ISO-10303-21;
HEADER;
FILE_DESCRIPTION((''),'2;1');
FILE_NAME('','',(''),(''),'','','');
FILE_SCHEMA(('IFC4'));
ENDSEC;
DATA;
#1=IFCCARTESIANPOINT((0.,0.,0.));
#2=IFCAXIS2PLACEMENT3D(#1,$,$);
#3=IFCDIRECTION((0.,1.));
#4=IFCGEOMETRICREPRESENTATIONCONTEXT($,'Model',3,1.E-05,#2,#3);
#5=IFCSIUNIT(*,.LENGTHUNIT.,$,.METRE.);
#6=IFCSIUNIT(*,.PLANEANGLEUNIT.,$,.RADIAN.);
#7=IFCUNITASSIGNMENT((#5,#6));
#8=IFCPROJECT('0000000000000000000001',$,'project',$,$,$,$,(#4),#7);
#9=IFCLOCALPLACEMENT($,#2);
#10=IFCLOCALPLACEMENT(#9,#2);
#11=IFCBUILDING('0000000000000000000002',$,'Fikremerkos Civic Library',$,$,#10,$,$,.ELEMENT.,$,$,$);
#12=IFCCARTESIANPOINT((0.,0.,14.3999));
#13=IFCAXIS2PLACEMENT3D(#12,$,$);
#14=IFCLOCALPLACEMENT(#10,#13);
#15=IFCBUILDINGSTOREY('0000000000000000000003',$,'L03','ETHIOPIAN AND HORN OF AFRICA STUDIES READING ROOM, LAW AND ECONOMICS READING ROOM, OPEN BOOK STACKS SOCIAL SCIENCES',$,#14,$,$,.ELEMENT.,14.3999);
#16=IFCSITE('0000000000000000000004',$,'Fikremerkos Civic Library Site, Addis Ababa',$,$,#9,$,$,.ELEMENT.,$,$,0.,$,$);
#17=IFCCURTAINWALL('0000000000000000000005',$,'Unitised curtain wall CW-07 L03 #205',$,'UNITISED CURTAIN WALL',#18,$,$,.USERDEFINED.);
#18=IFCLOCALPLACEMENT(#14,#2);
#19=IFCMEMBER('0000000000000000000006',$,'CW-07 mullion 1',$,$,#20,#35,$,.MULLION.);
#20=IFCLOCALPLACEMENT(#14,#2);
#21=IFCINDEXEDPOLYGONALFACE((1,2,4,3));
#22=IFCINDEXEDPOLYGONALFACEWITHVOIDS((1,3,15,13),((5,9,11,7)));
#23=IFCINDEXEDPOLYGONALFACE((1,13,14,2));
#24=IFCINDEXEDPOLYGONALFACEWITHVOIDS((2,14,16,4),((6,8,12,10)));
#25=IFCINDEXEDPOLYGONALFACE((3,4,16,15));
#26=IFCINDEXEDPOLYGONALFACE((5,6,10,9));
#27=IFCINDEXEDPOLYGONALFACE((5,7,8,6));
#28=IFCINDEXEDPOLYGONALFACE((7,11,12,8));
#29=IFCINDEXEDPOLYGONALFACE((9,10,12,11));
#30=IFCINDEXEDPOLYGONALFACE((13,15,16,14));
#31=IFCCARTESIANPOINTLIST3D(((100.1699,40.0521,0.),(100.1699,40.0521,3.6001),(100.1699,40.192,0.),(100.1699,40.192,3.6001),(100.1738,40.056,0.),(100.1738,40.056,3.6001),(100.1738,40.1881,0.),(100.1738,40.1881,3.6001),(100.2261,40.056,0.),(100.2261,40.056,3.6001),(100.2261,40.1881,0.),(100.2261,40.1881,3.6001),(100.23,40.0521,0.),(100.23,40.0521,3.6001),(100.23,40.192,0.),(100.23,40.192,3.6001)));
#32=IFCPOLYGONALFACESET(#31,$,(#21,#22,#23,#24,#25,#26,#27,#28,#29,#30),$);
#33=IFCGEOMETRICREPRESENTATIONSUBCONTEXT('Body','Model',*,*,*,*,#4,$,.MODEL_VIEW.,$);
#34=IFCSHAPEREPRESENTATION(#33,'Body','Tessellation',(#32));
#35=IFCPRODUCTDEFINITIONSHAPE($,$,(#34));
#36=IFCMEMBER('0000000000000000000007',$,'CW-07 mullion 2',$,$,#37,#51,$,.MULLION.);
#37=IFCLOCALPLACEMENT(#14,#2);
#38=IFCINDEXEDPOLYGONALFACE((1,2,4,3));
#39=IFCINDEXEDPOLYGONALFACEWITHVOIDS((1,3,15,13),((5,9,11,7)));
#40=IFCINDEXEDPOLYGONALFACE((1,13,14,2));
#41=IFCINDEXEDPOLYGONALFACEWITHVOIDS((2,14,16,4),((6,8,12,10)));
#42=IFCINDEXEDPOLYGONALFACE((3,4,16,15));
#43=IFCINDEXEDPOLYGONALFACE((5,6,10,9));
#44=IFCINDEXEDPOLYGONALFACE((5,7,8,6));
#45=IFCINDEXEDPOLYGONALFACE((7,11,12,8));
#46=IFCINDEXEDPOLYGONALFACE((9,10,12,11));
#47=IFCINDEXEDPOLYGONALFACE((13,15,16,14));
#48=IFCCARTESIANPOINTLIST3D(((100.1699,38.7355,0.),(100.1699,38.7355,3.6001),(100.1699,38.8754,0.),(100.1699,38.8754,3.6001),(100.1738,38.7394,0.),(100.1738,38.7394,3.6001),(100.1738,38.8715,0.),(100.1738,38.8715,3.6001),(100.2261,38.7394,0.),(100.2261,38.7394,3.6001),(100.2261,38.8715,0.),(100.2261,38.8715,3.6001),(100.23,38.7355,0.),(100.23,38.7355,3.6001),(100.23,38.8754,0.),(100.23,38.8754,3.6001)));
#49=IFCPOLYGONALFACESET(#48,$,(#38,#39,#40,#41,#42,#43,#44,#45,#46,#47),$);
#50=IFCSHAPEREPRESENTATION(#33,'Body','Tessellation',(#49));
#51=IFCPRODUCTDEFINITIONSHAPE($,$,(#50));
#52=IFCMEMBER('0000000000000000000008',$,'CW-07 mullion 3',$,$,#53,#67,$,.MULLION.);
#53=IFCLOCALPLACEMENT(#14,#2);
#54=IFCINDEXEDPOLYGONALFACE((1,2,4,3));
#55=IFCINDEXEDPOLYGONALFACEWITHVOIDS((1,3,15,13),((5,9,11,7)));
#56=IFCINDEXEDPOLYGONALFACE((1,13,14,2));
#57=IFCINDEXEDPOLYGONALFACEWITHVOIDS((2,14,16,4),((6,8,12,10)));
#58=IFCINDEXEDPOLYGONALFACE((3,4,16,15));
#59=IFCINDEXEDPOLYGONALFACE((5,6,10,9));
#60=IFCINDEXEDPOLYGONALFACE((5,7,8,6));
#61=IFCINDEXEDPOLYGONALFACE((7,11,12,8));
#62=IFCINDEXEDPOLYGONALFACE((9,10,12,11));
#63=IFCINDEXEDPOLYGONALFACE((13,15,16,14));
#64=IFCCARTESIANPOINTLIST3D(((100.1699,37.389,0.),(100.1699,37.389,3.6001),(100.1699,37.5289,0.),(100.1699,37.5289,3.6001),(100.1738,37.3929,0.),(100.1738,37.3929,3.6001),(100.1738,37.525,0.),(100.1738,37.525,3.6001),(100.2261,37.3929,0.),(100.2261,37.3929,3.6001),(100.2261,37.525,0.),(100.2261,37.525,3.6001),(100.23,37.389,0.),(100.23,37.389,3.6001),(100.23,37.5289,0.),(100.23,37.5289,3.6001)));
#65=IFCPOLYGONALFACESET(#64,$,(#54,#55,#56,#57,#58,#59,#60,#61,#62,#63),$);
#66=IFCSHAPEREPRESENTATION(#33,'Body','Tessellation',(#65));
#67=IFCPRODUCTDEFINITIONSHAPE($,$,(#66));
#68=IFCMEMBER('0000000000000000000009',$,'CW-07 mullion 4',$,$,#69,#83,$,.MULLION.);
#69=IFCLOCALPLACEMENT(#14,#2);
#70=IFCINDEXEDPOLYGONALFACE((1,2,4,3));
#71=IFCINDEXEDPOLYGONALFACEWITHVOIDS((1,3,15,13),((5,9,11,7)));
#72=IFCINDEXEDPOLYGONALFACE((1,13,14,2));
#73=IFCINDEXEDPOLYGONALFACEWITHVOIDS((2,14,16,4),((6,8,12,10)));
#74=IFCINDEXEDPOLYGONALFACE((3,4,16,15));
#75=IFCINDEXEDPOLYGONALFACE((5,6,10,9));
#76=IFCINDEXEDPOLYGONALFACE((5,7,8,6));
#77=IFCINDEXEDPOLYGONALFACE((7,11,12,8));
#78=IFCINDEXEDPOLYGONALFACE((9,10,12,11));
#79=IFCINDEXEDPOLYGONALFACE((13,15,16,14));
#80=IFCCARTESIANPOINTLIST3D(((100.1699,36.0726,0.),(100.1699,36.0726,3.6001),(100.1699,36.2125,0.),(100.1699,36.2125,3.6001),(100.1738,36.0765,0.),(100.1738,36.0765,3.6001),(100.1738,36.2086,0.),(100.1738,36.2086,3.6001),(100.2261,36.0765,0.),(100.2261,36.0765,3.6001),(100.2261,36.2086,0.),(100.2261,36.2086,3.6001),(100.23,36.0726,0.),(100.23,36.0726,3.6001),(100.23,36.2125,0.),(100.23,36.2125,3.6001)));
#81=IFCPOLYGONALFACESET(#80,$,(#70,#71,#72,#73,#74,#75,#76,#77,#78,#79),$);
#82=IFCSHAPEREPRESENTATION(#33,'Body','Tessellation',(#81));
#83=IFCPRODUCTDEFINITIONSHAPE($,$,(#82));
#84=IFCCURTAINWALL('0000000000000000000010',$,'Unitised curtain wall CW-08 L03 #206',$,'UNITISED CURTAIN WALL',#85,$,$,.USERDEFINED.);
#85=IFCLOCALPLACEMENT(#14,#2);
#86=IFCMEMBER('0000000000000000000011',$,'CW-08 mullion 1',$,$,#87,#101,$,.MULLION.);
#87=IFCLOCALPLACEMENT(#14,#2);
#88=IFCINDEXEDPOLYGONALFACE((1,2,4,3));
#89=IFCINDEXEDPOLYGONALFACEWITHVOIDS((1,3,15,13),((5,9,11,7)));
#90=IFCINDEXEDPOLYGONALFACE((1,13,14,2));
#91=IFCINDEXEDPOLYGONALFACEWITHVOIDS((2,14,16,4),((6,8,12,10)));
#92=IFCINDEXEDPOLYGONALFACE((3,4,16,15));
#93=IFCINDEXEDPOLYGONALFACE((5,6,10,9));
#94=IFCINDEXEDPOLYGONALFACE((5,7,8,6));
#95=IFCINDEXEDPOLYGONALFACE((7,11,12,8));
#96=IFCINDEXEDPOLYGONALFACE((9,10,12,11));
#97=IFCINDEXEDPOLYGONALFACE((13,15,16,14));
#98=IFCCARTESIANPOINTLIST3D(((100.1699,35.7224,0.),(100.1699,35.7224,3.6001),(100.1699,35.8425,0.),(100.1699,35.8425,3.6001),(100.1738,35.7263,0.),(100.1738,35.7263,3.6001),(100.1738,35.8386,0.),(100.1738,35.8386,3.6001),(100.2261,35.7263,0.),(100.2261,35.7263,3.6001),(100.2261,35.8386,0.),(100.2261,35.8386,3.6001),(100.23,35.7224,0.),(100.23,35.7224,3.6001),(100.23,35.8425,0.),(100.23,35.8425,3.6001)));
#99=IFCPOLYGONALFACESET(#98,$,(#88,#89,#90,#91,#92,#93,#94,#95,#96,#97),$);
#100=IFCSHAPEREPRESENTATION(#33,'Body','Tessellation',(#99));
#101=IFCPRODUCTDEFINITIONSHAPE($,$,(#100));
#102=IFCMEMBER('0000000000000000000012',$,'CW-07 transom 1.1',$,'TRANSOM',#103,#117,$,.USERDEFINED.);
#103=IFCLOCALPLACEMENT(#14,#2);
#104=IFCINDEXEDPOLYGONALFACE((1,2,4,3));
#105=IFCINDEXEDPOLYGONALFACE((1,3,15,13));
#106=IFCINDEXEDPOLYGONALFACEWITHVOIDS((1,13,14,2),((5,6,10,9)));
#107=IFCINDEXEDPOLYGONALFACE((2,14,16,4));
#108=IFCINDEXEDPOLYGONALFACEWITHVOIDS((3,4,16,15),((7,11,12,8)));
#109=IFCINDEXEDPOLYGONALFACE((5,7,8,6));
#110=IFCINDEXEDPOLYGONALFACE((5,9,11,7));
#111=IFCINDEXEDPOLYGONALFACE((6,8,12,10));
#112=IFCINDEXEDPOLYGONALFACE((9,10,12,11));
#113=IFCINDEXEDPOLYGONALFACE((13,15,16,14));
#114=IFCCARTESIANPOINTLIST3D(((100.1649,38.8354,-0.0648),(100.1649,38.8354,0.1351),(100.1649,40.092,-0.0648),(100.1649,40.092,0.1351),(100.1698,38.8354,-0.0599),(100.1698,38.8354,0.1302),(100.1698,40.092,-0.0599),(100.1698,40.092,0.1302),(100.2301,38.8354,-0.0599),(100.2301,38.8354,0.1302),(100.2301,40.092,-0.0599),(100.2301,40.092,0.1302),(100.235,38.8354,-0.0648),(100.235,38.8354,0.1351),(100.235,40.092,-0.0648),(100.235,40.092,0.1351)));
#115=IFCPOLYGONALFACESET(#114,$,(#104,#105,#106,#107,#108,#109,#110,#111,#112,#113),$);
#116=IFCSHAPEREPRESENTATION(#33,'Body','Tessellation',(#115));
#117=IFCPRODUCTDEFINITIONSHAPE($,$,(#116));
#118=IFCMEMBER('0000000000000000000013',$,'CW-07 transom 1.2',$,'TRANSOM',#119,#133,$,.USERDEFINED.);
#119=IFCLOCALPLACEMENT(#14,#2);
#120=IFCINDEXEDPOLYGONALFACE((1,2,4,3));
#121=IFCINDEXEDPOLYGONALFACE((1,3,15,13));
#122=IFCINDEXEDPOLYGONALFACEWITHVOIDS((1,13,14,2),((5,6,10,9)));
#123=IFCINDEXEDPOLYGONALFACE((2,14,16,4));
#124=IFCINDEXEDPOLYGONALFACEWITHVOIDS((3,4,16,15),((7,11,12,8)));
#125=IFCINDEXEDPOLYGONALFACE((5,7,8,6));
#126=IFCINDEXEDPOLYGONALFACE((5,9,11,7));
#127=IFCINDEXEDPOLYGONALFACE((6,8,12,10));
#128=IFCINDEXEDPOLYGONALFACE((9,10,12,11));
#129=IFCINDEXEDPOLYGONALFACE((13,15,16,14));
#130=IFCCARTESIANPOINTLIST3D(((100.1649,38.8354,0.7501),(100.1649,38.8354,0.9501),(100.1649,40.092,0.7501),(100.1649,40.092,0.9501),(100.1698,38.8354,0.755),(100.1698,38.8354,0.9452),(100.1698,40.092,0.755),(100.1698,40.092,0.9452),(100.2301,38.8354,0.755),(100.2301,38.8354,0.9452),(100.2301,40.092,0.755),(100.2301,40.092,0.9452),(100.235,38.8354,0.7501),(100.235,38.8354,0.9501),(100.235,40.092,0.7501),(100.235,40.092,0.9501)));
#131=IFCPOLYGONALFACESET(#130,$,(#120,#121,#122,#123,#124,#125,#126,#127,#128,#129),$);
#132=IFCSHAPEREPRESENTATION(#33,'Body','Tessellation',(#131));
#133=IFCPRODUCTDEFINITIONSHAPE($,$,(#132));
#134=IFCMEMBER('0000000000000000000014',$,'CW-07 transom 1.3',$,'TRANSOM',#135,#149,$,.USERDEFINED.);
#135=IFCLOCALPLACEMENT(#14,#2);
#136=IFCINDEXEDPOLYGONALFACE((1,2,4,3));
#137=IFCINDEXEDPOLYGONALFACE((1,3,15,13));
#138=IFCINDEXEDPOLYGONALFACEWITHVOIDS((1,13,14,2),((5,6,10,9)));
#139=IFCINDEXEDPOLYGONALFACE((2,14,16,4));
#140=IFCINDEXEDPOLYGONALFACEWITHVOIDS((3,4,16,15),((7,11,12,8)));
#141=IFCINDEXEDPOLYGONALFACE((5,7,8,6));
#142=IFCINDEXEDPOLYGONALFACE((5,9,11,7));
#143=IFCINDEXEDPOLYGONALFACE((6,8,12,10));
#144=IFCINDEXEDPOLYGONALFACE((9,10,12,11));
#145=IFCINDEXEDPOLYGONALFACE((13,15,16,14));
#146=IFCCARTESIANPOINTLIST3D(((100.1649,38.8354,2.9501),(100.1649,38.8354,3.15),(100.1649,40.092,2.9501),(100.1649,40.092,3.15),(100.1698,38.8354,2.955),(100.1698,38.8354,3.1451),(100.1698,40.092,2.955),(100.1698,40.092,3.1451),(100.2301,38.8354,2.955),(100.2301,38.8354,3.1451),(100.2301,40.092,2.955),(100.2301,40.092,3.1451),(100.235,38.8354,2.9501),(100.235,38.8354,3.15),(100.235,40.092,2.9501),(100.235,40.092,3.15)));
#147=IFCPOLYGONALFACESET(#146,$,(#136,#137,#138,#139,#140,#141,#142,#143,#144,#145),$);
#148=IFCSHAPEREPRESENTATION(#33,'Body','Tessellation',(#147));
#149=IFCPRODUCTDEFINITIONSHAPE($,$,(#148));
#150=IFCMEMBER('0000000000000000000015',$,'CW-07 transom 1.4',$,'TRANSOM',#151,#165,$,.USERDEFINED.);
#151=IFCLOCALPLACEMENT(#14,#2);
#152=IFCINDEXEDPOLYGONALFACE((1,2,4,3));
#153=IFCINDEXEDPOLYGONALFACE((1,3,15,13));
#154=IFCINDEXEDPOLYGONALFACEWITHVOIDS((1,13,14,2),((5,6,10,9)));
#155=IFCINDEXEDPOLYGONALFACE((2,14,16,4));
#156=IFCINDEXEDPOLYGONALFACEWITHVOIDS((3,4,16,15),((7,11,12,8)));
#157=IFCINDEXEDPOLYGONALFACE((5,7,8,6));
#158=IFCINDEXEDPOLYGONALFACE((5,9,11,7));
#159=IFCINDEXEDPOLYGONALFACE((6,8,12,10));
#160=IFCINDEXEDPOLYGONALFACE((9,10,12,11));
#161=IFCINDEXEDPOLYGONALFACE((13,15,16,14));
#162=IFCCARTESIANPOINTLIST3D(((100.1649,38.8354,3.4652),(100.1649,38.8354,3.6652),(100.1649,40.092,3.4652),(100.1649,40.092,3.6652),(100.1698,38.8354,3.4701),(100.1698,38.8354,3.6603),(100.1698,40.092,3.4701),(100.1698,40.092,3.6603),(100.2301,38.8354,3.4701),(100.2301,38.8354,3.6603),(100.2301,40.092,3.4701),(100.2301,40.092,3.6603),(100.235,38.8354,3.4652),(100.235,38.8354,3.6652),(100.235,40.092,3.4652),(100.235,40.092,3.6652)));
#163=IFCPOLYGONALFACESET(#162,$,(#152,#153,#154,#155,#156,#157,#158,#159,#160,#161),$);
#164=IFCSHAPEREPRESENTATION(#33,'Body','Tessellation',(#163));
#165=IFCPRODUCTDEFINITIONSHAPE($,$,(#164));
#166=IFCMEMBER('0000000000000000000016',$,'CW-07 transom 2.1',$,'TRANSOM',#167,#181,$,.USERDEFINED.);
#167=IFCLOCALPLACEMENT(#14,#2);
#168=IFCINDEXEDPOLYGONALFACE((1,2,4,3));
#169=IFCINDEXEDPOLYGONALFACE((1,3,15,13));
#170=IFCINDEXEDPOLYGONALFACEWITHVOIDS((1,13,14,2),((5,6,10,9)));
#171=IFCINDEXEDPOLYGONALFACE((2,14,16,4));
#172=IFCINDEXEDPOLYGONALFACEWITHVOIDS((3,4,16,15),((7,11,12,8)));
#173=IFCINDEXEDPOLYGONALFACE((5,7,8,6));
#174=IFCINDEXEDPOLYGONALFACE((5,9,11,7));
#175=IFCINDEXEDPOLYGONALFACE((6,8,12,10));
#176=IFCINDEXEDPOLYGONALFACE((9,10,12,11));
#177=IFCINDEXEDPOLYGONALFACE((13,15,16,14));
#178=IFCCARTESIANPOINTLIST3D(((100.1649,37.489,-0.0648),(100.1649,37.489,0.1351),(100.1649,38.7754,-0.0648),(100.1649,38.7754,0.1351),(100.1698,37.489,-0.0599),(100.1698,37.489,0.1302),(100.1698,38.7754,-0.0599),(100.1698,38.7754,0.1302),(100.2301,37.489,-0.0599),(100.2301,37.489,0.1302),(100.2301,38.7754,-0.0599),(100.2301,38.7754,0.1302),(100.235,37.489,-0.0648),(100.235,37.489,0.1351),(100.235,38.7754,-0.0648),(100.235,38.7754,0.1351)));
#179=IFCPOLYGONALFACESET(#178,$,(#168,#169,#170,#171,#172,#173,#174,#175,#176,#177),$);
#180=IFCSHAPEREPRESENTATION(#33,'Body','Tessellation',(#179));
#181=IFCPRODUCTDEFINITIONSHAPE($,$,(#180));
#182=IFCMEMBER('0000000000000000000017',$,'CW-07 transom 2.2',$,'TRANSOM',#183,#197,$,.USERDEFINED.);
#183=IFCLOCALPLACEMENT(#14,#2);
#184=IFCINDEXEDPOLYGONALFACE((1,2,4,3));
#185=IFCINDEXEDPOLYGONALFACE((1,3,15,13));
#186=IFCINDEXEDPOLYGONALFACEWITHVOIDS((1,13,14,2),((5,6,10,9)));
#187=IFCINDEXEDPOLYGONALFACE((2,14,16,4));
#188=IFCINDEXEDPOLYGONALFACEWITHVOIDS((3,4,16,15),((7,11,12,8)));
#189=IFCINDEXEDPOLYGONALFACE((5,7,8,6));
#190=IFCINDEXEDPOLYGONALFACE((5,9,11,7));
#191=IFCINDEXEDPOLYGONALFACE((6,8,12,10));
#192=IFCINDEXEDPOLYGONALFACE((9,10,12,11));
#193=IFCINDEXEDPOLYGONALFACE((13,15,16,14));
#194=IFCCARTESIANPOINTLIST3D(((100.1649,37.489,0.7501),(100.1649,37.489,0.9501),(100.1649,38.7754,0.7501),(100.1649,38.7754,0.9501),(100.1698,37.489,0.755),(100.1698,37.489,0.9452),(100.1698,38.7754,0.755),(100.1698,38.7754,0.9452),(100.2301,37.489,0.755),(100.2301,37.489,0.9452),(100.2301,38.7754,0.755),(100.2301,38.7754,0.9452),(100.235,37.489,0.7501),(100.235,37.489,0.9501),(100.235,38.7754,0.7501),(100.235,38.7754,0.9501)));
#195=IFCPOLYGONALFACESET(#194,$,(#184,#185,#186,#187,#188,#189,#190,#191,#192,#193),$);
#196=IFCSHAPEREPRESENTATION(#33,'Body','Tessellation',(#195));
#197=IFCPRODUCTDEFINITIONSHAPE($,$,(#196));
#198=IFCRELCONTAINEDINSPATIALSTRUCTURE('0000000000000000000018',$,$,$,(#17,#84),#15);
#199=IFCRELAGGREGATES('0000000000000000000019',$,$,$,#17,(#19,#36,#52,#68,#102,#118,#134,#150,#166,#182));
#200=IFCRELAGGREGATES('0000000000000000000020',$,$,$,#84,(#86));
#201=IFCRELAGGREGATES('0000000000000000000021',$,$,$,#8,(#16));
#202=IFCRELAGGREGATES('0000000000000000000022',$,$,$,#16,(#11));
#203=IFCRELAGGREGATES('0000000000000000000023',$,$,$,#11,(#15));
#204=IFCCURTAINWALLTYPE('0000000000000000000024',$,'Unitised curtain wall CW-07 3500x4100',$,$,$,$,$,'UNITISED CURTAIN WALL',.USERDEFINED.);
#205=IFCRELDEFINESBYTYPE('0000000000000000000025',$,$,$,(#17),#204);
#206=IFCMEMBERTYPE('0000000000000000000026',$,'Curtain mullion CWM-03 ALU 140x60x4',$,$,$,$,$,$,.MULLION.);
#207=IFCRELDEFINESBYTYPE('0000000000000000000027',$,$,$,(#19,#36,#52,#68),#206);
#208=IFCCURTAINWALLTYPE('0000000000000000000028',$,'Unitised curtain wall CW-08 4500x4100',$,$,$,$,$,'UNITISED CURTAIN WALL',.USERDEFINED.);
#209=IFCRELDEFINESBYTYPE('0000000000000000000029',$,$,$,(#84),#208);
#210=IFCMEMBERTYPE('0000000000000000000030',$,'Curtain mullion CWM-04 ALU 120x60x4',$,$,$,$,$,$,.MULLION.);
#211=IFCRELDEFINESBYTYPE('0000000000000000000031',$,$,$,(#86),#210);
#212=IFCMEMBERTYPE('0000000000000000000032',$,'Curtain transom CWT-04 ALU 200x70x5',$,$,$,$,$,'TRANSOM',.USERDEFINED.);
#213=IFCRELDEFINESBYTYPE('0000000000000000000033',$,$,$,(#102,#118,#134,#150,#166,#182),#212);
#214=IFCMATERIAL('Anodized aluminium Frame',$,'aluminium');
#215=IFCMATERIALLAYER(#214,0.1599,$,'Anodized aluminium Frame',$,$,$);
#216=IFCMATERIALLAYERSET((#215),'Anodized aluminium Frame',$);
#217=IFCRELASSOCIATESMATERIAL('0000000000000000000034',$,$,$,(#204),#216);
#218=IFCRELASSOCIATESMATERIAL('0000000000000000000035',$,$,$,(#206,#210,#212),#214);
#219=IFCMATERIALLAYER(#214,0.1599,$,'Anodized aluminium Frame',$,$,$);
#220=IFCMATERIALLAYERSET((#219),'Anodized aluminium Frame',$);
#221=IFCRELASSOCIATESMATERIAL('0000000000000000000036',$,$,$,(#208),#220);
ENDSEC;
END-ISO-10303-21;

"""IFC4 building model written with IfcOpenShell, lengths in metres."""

from ifc_helpers import new_model, si_unit, direction, frame, origin, origin_2d, place, context, subcontext, project, spatial, hollow_rectangle, extrude, material, layer, layer_set, material_profile, profile_set, type_object, element, aggregate, save


model = new_model("IFC4")

# Units and contexts
model_context = context("Model", 3, precision=1e-05, world=origin(), true_north=direction((0.0, 1.0)))
body_context = subcontext(model_context, "Body", "Model", "MODEL_VIEW")
ifc_project = project(units=[si_unit("LENGTHUNIT", "METRE"), si_unit("PLANEANGLEUNIT", "RADIAN")], contexts=[model_context])

# Site, building, storey
site_placement = place(None, origin())
site = spatial("IfcSite", under=ifc_project, at=site_placement, Name="Fikremerkos Civic Library Site, Addis Ababa", CompositionType="ELEMENT", RefElevation=0.0)
building_placement = place(site_placement, origin())
building = spatial("IfcBuilding", under=site, at=building_placement, Name="Fikremerkos Civic Library", CompositionType="ELEMENT")
storey_placement = place(building_placement, frame((0.0, 0.0, 14.3999)))
storey = spatial("IfcBuildingStorey", under=building, at=storey_placement, Name="L03", Description="ETHIOPIAN AND HORN OF AFRICA STUDIES READING ROOM, LAW AND ECONOMICS READING ROOM, OPEN BOOK STACKS SOCIAL SCIENCES", CompositionType="ELEMENT", Elevation=14.3999)

# Curtain wall, members
ifc_material_1 = material(Name="Anodized aluminium Frame", Category="aluminium")
ifc_layer_1 = layer(ifc_material_1, 0.1599, Name="Anodized aluminium Frame")
ifc_layer_set_1 = layer_set([ifc_layer_1], Name="Anodized aluminium Frame")
curtain_wall_type_1 = type_object("IfcCurtainWallType", Name="Unitised curtain wall CW-07 3500x4100", ElementType="UNITISED CURTAIN WALL", PredefinedType="USERDEFINED", material=ifc_layer_set_1)
curtain_wall_1_placement = place(storey_placement, origin())
curtain_wall_1 = element("IfcCurtainWall", 1, at=curtain_wall_1_placement, inside=storey, type_object=curtain_wall_type_1, Name="Unitised curtain wall CW-07 L03 #205", ObjectType="UNITISED CURTAIN WALL", PredefinedType="USERDEFINED")
ifc_material_profile_1 = material_profile(ifc_material_1, hollow_rectangle(XDim=0.0601, YDim=0.1399, WallThickness=0.0039, at=origin_2d()), Name="ALU 140x60x4")
ifc_profile_set_1 = profile_set([ifc_material_profile_1], Name="Anodized aluminium Frame")
member_type_1 = type_object("IfcMemberType", Name="Curtain mullion CWM-03 ALU 140x60x4", PredefinedType="MULLION", material=ifc_profile_set_1)
member_1_placement = place(storey_placement, frame((100.2, 40.1221, 0.0), z_axis=(0.0, 0.0, 1.0), x_axis=(1.0, 0.0, 0.0)))
member_1 = element("IfcMember", 2, at=member_1_placement, type_object=member_type_1, Name="CW-07 mullion 1", PredefinedType="MULLION", context=body_context, shape_type="SweptSolid", body=[
    extrude(hollow_rectangle(XDim=0.0601, YDim=0.1399, WallThickness=0.0039, at=origin_2d()), origin(), (0.0, 0.0, 1.0), 3.6001),
])
member_2_placement = place(storey_placement, frame((100.2, 38.8054, 0.0), z_axis=(0.0, 0.0, 1.0), x_axis=(1.0, 0.0, 0.0)))
member_2 = element("IfcMember", 3, at=member_2_placement, type_object=member_type_1, Name="CW-07 mullion 2", PredefinedType="MULLION", context=body_context, shape_type="SweptSolid", body=[
    extrude(hollow_rectangle(XDim=0.0601, YDim=0.1399, WallThickness=0.0039, at=origin_2d()), origin(), (0.0, 0.0, 1.0), 3.6001),
])
member_3_placement = place(storey_placement, frame((100.2, 37.459, 0.0), z_axis=(0.0, 0.0, 1.0), x_axis=(1.0, 0.0, 0.0)))
member_3 = element("IfcMember", 4, at=member_3_placement, type_object=member_type_1, Name="CW-07 mullion 3", PredefinedType="MULLION", context=body_context, shape_type="SweptSolid", body=[
    extrude(hollow_rectangle(XDim=0.0601, YDim=0.1399, WallThickness=0.0039, at=origin_2d()), origin(), (0.0, 0.0, 1.0), 3.6001),
])
member_4_placement = place(storey_placement, frame((100.2, 36.1426, 0.0), z_axis=(0.0, 0.0, 1.0), x_axis=(1.0, 0.0, 0.0)))
member_4 = element("IfcMember", 5, at=member_4_placement, type_object=member_type_1, Name="CW-07 mullion 4", PredefinedType="MULLION", context=body_context, shape_type="SweptSolid", body=[
    extrude(hollow_rectangle(XDim=0.0601, YDim=0.1399, WallThickness=0.0039, at=origin_2d()), origin(), (0.0, 0.0, 1.0), 3.6001),
])

# Curtain wall, member
ifc_layer_2 = layer(ifc_material_1, 0.1599, Name="Anodized aluminium Frame")
ifc_layer_set_2 = layer_set([ifc_layer_2], Name="Anodized aluminium Frame")
curtain_wall_type_2 = type_object("IfcCurtainWallType", Name="Unitised curtain wall CW-08 4500x4100", ElementType="UNITISED CURTAIN WALL", PredefinedType="USERDEFINED", material=ifc_layer_set_2)
curtain_wall_2_placement = place(storey_placement, origin())
curtain_wall_2 = element("IfcCurtainWall", 6, at=curtain_wall_2_placement, inside=storey, type_object=curtain_wall_type_2, Name="Unitised curtain wall CW-08 L03 #206", ObjectType="UNITISED CURTAIN WALL", PredefinedType="USERDEFINED")
ifc_material_profile_2 = material_profile(ifc_material_1, hollow_rectangle(XDim=0.0601, YDim=0.1201, WallThickness=0.0039, at=origin_2d()), Name="ALU 120x60x4")
ifc_profile_set_2 = profile_set([ifc_material_profile_2], Name="Anodized aluminium Frame")
member_type_2 = type_object("IfcMemberType", Name="Curtain mullion CWM-04 ALU 120x60x4", PredefinedType="MULLION", material=ifc_profile_set_2)
member_5_placement = place(storey_placement, frame((100.2, 35.7825, 0.0), z_axis=(0.0, 0.0, 1.0), x_axis=(1.0, 0.0, 0.0)))
member_5 = element("IfcMember", 7, at=member_5_placement, type_object=member_type_2, Name="CW-08 mullion 1", PredefinedType="MULLION", context=body_context, shape_type="SweptSolid", body=[
    extrude(hollow_rectangle(XDim=0.0601, YDim=0.1201, WallThickness=0.0039, at=origin_2d()), origin(), (0.0, 0.0, 1.0), 3.6001),
])

# Members
ifc_material_profile_3 = material_profile(ifc_material_1, hollow_rectangle(XDim=0.0701, YDim=0.2, WallThickness=0.0049, at=origin_2d()), Name="ALU 200x70x5")
ifc_profile_set_3 = profile_set([ifc_material_profile_3], Name="Anodized aluminium Frame")
member_type_3 = type_object("IfcMemberType", Name="Curtain transom CWT-04 ALU 200x70x5", ElementType="TRANSOM", PredefinedType="USERDEFINED", material=ifc_profile_set_3)
member_6_placement = place(storey_placement, frame((100.2, 40.092, 0.0352), z_axis=(0.0, -1.0, 0.0), x_axis=(1.0, 0.0, 0.0)))
member_6 = element("IfcMember", 8, at=member_6_placement, type_object=member_type_3, Name="CW-07 transom 1.1", ObjectType="TRANSOM", PredefinedType="USERDEFINED", context=body_context, shape_type="SweptSolid", body=[
    extrude(hollow_rectangle(XDim=0.0701, YDim=0.2, WallThickness=0.0049, at=origin_2d()), origin(), (0.0, 0.0, 1.0), 1.2566),
])
member_7_placement = place(storey_placement, frame((100.2, 40.092, 0.8501), z_axis=(0.0, -1.0, 0.0), x_axis=(1.0, 0.0, 0.0)))
member_7 = element("IfcMember", 9, at=member_7_placement, type_object=member_type_3, Name="CW-07 transom 1.2", ObjectType="TRANSOM", PredefinedType="USERDEFINED", context=body_context, shape_type="SweptSolid", body=[
    extrude(hollow_rectangle(XDim=0.0701, YDim=0.2, WallThickness=0.0049, at=origin_2d()), origin(), (0.0, 0.0, 1.0), 1.2566),
])
member_8_placement = place(storey_placement, frame((100.2, 40.092, 3.05), z_axis=(0.0, -1.0, 0.0), x_axis=(1.0, 0.0, 0.0)))
member_8 = element("IfcMember", 10, at=member_8_placement, type_object=member_type_3, Name="CW-07 transom 1.3", ObjectType="TRANSOM", PredefinedType="USERDEFINED", context=body_context, shape_type="SweptSolid", body=[
    extrude(hollow_rectangle(XDim=0.0701, YDim=0.2, WallThickness=0.0049, at=origin_2d()), origin(), (0.0, 0.0, 1.0), 1.2566),
])
member_9_placement = place(storey_placement, frame((100.2, 40.092, 3.5652), z_axis=(0.0, -1.0, 0.0), x_axis=(1.0, 0.0, 0.0)))
member_9 = element("IfcMember", 11, at=member_9_placement, type_object=member_type_3, Name="CW-07 transom 1.4", ObjectType="TRANSOM", PredefinedType="USERDEFINED", context=body_context, shape_type="SweptSolid", body=[
    extrude(hollow_rectangle(XDim=0.0701, YDim=0.2, WallThickness=0.0049, at=origin_2d()), origin(), (0.0, 0.0, 1.0), 1.2566),
])
member_10_placement = place(storey_placement, frame((100.2, 38.7754, 0.0352), z_axis=(0.0, -1.0, 0.0), x_axis=(1.0, 0.0, 0.0)))
member_10 = element("IfcMember", 12, at=member_10_placement, type_object=member_type_3, Name="CW-07 transom 2.1", ObjectType="TRANSOM", PredefinedType="USERDEFINED", context=body_context, shape_type="SweptSolid", body=[
    extrude(hollow_rectangle(XDim=0.0701, YDim=0.2, WallThickness=0.0049, at=origin_2d()), origin(), (0.0, 0.0, 1.0), 1.2864),
])
member_11_placement = place(storey_placement, frame((100.2, 38.7754, 0.8501), z_axis=(0.0, -1.0, 0.0), x_axis=(1.0, 0.0, 0.0)))
member_11 = element("IfcMember", 13, at=member_11_placement, type_object=member_type_3, Name="CW-07 transom 2.2", ObjectType="TRANSOM", PredefinedType="USERDEFINED", context=body_context, shape_type="SweptSolid", body=[
    extrude(hollow_rectangle(XDim=0.0701, YDim=0.2, WallThickness=0.0049, at=origin_2d()), origin(), (0.0, 0.0, 1.0), 1.2864),
])

aggregate(curtain_wall_1, [member_1, member_2, member_3, member_4, member_6, member_7, member_8, member_9, member_10, member_11])
aggregate(curtain_wall_2, [member_5])

save(model, "model.ifc")
